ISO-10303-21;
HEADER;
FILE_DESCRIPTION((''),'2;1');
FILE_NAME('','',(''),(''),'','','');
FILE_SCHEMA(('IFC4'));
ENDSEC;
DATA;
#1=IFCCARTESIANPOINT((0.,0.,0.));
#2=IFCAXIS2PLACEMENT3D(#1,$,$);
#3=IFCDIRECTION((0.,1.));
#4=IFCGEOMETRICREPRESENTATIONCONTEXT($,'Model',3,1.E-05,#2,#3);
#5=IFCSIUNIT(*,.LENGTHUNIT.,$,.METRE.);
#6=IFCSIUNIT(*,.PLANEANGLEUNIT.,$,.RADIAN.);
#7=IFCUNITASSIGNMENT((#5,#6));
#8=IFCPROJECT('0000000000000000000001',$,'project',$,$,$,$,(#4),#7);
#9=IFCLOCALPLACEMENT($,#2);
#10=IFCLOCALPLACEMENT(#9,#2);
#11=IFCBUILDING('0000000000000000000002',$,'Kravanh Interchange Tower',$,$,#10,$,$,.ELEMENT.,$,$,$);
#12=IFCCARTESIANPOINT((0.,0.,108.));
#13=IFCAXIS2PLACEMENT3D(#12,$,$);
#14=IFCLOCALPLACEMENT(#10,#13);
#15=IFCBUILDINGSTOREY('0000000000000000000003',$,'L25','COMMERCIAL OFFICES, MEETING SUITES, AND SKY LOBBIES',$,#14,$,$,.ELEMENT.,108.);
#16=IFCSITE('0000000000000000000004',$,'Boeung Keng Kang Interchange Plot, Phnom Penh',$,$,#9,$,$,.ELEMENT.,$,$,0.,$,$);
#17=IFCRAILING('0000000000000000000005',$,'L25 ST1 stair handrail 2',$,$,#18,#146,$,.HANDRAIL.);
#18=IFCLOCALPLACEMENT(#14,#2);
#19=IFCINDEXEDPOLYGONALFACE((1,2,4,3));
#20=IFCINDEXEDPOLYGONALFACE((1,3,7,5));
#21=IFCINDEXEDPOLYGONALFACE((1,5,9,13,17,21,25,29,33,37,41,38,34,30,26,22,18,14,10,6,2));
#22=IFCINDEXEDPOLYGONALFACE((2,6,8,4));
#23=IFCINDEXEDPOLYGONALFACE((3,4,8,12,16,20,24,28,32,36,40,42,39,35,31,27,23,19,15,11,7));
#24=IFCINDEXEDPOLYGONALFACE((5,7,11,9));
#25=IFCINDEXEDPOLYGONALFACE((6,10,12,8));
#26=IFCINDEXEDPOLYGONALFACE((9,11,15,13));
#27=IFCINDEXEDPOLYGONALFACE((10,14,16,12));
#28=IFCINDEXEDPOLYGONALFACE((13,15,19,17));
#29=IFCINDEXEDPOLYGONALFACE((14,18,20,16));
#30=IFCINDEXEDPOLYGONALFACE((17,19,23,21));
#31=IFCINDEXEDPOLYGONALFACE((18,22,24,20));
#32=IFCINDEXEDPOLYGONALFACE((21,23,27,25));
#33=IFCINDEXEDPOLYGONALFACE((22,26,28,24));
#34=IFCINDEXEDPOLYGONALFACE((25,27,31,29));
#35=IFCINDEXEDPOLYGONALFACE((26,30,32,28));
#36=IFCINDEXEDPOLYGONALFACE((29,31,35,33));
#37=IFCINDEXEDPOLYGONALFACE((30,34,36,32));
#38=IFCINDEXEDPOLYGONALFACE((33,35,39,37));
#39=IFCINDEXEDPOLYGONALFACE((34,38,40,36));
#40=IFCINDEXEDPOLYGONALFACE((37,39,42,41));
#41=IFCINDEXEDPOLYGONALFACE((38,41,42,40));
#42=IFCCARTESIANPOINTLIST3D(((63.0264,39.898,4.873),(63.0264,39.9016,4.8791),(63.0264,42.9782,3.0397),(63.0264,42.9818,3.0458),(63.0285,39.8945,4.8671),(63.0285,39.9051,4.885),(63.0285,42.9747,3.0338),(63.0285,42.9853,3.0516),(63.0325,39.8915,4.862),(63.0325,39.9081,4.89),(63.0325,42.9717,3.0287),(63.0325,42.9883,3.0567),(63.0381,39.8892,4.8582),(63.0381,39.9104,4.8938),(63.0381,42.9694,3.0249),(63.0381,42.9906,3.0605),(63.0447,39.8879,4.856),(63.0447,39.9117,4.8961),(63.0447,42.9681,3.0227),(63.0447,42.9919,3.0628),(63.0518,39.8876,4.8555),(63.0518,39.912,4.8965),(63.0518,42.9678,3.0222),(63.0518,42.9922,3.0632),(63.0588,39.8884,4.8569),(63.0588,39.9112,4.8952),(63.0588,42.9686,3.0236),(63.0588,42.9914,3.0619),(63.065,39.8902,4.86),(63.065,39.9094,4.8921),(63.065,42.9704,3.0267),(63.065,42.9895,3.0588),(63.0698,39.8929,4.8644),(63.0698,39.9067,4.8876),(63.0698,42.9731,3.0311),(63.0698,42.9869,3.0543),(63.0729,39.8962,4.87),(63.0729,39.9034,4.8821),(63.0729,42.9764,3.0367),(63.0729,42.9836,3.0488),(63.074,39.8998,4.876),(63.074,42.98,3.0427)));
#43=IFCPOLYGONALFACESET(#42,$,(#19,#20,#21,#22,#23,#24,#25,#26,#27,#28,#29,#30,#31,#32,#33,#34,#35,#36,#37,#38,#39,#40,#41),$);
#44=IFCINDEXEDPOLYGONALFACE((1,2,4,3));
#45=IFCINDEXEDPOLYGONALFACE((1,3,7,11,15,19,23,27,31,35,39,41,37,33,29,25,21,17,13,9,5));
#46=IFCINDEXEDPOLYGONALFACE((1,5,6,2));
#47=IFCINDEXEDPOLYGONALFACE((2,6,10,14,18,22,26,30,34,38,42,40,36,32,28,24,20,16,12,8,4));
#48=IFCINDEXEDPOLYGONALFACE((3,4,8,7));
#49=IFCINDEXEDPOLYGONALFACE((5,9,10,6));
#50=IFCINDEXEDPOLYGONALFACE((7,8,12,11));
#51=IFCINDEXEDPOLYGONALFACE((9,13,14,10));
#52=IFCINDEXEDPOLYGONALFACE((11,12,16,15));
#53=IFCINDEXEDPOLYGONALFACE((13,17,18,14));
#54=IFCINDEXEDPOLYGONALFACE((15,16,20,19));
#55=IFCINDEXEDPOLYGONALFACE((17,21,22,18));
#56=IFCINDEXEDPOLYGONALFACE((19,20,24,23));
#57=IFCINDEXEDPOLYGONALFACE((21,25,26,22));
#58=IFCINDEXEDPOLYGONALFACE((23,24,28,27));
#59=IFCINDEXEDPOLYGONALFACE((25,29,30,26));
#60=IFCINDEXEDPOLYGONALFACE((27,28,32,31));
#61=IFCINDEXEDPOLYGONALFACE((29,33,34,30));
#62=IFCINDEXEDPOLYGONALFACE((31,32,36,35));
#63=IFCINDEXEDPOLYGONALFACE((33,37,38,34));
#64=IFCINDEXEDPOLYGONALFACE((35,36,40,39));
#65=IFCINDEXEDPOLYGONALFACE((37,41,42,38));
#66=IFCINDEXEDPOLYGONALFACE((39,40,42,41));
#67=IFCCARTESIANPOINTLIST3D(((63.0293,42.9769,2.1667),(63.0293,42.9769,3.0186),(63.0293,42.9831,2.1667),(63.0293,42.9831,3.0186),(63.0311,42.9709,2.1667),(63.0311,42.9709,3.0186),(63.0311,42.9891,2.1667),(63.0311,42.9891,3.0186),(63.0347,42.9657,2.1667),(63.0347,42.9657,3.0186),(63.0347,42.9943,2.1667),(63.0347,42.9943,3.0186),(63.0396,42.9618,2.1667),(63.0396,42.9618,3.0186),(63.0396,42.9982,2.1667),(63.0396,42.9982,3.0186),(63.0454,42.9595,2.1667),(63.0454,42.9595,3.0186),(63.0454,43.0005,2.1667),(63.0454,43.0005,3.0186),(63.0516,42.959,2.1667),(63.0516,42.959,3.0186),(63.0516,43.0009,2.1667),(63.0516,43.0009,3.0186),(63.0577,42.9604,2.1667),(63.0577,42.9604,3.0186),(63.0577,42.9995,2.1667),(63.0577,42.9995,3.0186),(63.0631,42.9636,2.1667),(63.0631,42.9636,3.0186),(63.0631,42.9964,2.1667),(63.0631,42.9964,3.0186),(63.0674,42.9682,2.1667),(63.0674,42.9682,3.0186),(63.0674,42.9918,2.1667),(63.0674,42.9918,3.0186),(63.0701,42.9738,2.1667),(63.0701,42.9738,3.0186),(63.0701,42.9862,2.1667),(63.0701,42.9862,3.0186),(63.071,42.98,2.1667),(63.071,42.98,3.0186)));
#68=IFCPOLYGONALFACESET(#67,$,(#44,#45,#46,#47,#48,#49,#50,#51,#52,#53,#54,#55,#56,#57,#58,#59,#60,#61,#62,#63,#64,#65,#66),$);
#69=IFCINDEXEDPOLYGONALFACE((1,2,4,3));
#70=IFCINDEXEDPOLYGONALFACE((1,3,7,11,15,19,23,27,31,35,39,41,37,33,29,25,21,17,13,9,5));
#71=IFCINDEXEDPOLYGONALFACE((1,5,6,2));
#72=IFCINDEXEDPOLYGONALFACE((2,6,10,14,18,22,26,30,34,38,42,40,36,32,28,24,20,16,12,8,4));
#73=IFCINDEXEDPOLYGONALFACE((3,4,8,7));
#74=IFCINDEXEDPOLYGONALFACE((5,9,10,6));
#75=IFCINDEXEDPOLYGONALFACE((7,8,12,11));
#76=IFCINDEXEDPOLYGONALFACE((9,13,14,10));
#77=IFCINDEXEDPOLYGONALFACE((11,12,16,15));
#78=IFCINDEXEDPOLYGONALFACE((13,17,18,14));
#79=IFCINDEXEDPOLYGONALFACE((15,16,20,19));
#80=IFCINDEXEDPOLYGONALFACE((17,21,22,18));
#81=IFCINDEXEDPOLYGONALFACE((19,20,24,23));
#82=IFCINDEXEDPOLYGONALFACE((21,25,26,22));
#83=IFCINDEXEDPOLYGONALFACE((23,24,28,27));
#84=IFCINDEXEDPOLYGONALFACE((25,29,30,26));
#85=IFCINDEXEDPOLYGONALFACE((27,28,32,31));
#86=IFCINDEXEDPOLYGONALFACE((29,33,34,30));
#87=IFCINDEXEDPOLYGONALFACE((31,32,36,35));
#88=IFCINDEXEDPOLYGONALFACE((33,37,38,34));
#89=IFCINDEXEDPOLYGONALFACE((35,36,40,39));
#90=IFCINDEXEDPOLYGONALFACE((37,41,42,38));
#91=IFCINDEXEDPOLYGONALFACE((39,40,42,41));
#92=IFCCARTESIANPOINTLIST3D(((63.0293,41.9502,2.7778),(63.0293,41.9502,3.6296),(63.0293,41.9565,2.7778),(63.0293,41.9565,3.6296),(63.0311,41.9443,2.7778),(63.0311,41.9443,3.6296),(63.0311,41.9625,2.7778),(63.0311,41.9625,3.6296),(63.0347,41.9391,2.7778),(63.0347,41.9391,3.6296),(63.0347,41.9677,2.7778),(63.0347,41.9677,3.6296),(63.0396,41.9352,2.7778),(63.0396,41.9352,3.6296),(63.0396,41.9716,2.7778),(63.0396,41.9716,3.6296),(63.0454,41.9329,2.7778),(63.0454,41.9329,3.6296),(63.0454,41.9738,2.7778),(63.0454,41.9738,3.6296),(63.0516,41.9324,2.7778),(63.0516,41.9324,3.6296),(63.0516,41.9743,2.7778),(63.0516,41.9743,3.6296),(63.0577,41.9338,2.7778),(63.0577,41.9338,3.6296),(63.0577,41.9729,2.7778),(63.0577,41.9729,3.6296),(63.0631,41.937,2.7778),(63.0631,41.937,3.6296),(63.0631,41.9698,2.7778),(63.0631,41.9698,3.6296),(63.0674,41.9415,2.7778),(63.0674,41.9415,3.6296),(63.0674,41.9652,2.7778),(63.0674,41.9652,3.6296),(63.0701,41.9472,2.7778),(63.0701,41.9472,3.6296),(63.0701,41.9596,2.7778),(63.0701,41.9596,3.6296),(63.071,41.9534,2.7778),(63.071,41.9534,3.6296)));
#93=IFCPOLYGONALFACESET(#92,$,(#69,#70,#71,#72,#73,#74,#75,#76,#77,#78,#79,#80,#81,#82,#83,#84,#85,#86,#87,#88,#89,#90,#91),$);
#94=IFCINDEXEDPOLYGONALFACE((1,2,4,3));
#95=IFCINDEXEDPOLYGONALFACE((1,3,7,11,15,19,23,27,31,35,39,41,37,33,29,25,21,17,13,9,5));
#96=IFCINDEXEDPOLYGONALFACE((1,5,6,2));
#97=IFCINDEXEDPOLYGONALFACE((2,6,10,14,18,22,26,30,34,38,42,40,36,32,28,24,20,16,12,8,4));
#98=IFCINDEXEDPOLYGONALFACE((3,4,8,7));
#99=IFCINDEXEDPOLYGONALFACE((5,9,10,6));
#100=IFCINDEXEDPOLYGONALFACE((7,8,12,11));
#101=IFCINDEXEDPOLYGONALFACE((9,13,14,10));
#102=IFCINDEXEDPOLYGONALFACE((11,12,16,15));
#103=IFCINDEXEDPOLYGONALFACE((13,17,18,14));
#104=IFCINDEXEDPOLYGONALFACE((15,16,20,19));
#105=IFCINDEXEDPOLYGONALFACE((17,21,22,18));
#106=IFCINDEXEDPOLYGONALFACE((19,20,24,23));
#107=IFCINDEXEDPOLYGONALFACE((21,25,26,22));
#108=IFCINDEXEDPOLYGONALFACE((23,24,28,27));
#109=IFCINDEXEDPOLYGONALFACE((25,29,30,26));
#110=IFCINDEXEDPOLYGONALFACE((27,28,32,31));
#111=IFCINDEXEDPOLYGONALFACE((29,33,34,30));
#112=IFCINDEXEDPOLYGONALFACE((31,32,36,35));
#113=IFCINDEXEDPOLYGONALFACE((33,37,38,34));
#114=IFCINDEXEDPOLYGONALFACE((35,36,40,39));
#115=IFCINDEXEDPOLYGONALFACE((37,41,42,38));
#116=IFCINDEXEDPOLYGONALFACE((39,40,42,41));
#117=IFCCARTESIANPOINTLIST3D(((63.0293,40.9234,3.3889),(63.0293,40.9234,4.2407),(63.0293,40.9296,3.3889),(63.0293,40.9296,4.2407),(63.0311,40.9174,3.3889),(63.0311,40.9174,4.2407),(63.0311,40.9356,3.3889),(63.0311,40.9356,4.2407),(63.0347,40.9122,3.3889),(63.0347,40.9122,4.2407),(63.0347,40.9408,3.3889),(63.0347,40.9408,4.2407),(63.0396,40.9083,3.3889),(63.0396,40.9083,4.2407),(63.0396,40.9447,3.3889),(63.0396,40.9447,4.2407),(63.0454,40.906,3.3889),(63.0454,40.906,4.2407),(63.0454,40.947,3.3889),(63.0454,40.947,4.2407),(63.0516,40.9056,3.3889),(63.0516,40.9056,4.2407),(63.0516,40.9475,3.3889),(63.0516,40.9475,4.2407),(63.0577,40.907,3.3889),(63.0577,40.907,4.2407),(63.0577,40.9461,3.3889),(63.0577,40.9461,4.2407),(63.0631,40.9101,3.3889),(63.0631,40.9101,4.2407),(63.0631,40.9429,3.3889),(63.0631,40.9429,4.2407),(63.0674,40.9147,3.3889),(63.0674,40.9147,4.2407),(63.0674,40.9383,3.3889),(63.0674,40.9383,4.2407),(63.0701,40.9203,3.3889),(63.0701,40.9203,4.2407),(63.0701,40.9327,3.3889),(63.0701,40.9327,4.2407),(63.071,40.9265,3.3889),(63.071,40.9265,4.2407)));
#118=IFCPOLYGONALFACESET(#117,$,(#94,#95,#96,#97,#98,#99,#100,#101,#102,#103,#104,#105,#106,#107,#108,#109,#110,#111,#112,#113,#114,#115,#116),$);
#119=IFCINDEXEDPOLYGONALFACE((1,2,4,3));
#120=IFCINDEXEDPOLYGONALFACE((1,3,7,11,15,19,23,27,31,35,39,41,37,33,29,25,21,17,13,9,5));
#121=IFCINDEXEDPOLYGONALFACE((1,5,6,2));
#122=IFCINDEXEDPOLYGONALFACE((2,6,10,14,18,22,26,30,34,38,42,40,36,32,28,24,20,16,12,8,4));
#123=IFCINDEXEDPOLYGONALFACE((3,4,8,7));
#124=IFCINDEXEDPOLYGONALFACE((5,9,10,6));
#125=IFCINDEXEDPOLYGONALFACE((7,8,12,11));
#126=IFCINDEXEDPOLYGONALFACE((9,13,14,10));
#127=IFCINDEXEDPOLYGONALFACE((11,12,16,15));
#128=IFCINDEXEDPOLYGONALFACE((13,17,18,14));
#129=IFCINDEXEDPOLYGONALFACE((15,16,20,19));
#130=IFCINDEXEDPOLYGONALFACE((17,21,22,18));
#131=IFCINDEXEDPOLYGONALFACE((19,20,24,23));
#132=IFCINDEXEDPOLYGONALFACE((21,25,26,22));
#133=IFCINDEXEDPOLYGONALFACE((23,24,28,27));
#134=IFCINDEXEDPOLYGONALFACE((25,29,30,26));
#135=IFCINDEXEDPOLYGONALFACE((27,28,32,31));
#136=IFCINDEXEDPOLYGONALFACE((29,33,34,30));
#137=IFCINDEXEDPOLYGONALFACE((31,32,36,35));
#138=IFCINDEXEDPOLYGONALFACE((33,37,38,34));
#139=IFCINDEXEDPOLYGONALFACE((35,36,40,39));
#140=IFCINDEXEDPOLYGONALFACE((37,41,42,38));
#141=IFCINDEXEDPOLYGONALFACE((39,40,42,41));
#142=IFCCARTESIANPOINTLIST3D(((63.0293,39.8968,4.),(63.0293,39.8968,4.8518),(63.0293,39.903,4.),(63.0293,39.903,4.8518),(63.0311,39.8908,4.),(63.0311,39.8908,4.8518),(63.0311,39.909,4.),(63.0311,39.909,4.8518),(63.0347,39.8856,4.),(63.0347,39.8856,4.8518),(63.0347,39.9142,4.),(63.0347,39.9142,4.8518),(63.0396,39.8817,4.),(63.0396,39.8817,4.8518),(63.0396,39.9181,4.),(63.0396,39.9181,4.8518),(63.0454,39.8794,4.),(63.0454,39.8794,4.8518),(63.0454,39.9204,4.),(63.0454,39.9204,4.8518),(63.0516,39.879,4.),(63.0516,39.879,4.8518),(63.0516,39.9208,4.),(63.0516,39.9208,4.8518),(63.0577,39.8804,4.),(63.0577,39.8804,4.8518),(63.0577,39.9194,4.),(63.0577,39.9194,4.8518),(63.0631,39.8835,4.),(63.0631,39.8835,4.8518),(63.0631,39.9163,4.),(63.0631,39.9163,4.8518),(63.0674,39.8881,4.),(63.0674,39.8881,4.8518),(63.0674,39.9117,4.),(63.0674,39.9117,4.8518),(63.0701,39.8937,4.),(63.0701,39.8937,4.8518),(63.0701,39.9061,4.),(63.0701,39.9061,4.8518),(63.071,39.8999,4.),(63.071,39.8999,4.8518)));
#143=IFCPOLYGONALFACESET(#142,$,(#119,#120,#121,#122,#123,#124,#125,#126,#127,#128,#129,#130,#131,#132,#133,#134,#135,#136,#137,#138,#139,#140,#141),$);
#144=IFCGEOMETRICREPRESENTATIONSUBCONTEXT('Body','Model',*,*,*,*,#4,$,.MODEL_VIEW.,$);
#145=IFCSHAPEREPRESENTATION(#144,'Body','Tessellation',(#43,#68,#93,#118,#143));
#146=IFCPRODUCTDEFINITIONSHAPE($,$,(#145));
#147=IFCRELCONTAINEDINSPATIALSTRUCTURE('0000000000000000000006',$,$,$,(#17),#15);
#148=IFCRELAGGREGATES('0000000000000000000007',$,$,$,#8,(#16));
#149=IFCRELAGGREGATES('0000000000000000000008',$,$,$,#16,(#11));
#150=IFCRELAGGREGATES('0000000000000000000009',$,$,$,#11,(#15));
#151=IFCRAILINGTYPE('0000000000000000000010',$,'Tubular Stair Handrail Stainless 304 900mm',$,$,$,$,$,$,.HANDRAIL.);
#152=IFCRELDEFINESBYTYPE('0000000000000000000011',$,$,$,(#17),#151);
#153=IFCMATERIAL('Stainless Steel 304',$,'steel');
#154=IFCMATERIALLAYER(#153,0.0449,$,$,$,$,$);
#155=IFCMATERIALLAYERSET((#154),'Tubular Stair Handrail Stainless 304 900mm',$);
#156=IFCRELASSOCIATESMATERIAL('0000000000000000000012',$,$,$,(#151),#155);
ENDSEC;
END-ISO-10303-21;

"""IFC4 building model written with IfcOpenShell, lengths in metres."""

from ifc_helpers import new_model, si_unit, direction, frame, origin, origin_2d, place, context, subcontext, project, spatial, circle, extrude, material, layer, layer_set, type_object, element, save


model = new_model("IFC4")

# Units and contexts
model_context = context("Model", 3, precision=1e-05, world=origin(), true_north=direction((0.0, 1.0)))
body_context = subcontext(model_context, "Body", "Model", "MODEL_VIEW")
ifc_project = project(units=[si_unit("LENGTHUNIT", "METRE"), si_unit("PLANEANGLEUNIT", "RADIAN")], contexts=[model_context])

# Site, building, storey
site_placement = place(None, origin())
site = spatial("IfcSite", under=ifc_project, at=site_placement, Name="Boeung Keng Kang Interchange Plot, Phnom Penh", CompositionType="ELEMENT", RefElevation=0.0)
building_placement = place(site_placement, origin())
building = spatial("IfcBuilding", under=site, at=building_placement, Name="Kravanh Interchange Tower", CompositionType="ELEMENT")
storey_placement = place(building_placement, frame((0.0, 0.0, 108.0)))
storey = spatial("IfcBuildingStorey", under=building, at=storey_placement, Name="L25", Description="COMMERCIAL OFFICES, MEETING SUITES, AND SKY LOBBIES", CompositionType="ELEMENT", Elevation=108.0)

# Railing
ifc_material_1 = material(Name="Stainless Steel 304", Category="steel")
ifc_layer_1 = layer(ifc_material_1, 0.0449)
ifc_layer_set_1 = layer_set([ifc_layer_1], Name="Tubular Stair Handrail Stainless 304 900mm")
railing_type_1 = type_object("IfcRailingType", Name="Tubular Stair Handrail Stainless 304 900mm", PredefinedType="HANDRAIL", material=ifc_layer_set_1)
railing_1_placement = place(storey_placement, frame((63.05, 42.98, 2.1667)))
element("IfcRailing", 1, at=railing_1_placement, inside=storey, type_object=railing_type_1, Name="L25 ST1 stair handrail 2", PredefinedType="HANDRAIL", context=body_context, shape_type="SweptSolid", body=[
    extrude(circle(Radius=0.0239, at=origin_2d()), frame((0.0, 0.0, 0.876), z_axis=(0.0, -0.859309, 0.511458), x_axis=(1.0, 0.0, 0.0)), (0.0, 0.0, 1.0), 3.5845),
    extrude(circle(Radius=0.021, at=origin_2d()), origin(), (0.0, 0.0, 1.0), 0.8518),
    extrude(circle(Radius=0.021, at=origin_2d()), frame((0.0, -1.0266, 0.6111)), (0.0, 0.0, 1.0), 0.8518),
    extrude(circle(Radius=0.021, at=origin_2d()), frame((0.0, -2.0535, 1.2222)), (0.0, 0.0, 1.0), 0.8518),
    extrude(circle(Radius=0.021, at=origin_2d()), frame((0.0, -3.0801, 1.8333)), (0.0, 0.0, 1.0), 0.8518),
])

save(model, "model.ifc")
